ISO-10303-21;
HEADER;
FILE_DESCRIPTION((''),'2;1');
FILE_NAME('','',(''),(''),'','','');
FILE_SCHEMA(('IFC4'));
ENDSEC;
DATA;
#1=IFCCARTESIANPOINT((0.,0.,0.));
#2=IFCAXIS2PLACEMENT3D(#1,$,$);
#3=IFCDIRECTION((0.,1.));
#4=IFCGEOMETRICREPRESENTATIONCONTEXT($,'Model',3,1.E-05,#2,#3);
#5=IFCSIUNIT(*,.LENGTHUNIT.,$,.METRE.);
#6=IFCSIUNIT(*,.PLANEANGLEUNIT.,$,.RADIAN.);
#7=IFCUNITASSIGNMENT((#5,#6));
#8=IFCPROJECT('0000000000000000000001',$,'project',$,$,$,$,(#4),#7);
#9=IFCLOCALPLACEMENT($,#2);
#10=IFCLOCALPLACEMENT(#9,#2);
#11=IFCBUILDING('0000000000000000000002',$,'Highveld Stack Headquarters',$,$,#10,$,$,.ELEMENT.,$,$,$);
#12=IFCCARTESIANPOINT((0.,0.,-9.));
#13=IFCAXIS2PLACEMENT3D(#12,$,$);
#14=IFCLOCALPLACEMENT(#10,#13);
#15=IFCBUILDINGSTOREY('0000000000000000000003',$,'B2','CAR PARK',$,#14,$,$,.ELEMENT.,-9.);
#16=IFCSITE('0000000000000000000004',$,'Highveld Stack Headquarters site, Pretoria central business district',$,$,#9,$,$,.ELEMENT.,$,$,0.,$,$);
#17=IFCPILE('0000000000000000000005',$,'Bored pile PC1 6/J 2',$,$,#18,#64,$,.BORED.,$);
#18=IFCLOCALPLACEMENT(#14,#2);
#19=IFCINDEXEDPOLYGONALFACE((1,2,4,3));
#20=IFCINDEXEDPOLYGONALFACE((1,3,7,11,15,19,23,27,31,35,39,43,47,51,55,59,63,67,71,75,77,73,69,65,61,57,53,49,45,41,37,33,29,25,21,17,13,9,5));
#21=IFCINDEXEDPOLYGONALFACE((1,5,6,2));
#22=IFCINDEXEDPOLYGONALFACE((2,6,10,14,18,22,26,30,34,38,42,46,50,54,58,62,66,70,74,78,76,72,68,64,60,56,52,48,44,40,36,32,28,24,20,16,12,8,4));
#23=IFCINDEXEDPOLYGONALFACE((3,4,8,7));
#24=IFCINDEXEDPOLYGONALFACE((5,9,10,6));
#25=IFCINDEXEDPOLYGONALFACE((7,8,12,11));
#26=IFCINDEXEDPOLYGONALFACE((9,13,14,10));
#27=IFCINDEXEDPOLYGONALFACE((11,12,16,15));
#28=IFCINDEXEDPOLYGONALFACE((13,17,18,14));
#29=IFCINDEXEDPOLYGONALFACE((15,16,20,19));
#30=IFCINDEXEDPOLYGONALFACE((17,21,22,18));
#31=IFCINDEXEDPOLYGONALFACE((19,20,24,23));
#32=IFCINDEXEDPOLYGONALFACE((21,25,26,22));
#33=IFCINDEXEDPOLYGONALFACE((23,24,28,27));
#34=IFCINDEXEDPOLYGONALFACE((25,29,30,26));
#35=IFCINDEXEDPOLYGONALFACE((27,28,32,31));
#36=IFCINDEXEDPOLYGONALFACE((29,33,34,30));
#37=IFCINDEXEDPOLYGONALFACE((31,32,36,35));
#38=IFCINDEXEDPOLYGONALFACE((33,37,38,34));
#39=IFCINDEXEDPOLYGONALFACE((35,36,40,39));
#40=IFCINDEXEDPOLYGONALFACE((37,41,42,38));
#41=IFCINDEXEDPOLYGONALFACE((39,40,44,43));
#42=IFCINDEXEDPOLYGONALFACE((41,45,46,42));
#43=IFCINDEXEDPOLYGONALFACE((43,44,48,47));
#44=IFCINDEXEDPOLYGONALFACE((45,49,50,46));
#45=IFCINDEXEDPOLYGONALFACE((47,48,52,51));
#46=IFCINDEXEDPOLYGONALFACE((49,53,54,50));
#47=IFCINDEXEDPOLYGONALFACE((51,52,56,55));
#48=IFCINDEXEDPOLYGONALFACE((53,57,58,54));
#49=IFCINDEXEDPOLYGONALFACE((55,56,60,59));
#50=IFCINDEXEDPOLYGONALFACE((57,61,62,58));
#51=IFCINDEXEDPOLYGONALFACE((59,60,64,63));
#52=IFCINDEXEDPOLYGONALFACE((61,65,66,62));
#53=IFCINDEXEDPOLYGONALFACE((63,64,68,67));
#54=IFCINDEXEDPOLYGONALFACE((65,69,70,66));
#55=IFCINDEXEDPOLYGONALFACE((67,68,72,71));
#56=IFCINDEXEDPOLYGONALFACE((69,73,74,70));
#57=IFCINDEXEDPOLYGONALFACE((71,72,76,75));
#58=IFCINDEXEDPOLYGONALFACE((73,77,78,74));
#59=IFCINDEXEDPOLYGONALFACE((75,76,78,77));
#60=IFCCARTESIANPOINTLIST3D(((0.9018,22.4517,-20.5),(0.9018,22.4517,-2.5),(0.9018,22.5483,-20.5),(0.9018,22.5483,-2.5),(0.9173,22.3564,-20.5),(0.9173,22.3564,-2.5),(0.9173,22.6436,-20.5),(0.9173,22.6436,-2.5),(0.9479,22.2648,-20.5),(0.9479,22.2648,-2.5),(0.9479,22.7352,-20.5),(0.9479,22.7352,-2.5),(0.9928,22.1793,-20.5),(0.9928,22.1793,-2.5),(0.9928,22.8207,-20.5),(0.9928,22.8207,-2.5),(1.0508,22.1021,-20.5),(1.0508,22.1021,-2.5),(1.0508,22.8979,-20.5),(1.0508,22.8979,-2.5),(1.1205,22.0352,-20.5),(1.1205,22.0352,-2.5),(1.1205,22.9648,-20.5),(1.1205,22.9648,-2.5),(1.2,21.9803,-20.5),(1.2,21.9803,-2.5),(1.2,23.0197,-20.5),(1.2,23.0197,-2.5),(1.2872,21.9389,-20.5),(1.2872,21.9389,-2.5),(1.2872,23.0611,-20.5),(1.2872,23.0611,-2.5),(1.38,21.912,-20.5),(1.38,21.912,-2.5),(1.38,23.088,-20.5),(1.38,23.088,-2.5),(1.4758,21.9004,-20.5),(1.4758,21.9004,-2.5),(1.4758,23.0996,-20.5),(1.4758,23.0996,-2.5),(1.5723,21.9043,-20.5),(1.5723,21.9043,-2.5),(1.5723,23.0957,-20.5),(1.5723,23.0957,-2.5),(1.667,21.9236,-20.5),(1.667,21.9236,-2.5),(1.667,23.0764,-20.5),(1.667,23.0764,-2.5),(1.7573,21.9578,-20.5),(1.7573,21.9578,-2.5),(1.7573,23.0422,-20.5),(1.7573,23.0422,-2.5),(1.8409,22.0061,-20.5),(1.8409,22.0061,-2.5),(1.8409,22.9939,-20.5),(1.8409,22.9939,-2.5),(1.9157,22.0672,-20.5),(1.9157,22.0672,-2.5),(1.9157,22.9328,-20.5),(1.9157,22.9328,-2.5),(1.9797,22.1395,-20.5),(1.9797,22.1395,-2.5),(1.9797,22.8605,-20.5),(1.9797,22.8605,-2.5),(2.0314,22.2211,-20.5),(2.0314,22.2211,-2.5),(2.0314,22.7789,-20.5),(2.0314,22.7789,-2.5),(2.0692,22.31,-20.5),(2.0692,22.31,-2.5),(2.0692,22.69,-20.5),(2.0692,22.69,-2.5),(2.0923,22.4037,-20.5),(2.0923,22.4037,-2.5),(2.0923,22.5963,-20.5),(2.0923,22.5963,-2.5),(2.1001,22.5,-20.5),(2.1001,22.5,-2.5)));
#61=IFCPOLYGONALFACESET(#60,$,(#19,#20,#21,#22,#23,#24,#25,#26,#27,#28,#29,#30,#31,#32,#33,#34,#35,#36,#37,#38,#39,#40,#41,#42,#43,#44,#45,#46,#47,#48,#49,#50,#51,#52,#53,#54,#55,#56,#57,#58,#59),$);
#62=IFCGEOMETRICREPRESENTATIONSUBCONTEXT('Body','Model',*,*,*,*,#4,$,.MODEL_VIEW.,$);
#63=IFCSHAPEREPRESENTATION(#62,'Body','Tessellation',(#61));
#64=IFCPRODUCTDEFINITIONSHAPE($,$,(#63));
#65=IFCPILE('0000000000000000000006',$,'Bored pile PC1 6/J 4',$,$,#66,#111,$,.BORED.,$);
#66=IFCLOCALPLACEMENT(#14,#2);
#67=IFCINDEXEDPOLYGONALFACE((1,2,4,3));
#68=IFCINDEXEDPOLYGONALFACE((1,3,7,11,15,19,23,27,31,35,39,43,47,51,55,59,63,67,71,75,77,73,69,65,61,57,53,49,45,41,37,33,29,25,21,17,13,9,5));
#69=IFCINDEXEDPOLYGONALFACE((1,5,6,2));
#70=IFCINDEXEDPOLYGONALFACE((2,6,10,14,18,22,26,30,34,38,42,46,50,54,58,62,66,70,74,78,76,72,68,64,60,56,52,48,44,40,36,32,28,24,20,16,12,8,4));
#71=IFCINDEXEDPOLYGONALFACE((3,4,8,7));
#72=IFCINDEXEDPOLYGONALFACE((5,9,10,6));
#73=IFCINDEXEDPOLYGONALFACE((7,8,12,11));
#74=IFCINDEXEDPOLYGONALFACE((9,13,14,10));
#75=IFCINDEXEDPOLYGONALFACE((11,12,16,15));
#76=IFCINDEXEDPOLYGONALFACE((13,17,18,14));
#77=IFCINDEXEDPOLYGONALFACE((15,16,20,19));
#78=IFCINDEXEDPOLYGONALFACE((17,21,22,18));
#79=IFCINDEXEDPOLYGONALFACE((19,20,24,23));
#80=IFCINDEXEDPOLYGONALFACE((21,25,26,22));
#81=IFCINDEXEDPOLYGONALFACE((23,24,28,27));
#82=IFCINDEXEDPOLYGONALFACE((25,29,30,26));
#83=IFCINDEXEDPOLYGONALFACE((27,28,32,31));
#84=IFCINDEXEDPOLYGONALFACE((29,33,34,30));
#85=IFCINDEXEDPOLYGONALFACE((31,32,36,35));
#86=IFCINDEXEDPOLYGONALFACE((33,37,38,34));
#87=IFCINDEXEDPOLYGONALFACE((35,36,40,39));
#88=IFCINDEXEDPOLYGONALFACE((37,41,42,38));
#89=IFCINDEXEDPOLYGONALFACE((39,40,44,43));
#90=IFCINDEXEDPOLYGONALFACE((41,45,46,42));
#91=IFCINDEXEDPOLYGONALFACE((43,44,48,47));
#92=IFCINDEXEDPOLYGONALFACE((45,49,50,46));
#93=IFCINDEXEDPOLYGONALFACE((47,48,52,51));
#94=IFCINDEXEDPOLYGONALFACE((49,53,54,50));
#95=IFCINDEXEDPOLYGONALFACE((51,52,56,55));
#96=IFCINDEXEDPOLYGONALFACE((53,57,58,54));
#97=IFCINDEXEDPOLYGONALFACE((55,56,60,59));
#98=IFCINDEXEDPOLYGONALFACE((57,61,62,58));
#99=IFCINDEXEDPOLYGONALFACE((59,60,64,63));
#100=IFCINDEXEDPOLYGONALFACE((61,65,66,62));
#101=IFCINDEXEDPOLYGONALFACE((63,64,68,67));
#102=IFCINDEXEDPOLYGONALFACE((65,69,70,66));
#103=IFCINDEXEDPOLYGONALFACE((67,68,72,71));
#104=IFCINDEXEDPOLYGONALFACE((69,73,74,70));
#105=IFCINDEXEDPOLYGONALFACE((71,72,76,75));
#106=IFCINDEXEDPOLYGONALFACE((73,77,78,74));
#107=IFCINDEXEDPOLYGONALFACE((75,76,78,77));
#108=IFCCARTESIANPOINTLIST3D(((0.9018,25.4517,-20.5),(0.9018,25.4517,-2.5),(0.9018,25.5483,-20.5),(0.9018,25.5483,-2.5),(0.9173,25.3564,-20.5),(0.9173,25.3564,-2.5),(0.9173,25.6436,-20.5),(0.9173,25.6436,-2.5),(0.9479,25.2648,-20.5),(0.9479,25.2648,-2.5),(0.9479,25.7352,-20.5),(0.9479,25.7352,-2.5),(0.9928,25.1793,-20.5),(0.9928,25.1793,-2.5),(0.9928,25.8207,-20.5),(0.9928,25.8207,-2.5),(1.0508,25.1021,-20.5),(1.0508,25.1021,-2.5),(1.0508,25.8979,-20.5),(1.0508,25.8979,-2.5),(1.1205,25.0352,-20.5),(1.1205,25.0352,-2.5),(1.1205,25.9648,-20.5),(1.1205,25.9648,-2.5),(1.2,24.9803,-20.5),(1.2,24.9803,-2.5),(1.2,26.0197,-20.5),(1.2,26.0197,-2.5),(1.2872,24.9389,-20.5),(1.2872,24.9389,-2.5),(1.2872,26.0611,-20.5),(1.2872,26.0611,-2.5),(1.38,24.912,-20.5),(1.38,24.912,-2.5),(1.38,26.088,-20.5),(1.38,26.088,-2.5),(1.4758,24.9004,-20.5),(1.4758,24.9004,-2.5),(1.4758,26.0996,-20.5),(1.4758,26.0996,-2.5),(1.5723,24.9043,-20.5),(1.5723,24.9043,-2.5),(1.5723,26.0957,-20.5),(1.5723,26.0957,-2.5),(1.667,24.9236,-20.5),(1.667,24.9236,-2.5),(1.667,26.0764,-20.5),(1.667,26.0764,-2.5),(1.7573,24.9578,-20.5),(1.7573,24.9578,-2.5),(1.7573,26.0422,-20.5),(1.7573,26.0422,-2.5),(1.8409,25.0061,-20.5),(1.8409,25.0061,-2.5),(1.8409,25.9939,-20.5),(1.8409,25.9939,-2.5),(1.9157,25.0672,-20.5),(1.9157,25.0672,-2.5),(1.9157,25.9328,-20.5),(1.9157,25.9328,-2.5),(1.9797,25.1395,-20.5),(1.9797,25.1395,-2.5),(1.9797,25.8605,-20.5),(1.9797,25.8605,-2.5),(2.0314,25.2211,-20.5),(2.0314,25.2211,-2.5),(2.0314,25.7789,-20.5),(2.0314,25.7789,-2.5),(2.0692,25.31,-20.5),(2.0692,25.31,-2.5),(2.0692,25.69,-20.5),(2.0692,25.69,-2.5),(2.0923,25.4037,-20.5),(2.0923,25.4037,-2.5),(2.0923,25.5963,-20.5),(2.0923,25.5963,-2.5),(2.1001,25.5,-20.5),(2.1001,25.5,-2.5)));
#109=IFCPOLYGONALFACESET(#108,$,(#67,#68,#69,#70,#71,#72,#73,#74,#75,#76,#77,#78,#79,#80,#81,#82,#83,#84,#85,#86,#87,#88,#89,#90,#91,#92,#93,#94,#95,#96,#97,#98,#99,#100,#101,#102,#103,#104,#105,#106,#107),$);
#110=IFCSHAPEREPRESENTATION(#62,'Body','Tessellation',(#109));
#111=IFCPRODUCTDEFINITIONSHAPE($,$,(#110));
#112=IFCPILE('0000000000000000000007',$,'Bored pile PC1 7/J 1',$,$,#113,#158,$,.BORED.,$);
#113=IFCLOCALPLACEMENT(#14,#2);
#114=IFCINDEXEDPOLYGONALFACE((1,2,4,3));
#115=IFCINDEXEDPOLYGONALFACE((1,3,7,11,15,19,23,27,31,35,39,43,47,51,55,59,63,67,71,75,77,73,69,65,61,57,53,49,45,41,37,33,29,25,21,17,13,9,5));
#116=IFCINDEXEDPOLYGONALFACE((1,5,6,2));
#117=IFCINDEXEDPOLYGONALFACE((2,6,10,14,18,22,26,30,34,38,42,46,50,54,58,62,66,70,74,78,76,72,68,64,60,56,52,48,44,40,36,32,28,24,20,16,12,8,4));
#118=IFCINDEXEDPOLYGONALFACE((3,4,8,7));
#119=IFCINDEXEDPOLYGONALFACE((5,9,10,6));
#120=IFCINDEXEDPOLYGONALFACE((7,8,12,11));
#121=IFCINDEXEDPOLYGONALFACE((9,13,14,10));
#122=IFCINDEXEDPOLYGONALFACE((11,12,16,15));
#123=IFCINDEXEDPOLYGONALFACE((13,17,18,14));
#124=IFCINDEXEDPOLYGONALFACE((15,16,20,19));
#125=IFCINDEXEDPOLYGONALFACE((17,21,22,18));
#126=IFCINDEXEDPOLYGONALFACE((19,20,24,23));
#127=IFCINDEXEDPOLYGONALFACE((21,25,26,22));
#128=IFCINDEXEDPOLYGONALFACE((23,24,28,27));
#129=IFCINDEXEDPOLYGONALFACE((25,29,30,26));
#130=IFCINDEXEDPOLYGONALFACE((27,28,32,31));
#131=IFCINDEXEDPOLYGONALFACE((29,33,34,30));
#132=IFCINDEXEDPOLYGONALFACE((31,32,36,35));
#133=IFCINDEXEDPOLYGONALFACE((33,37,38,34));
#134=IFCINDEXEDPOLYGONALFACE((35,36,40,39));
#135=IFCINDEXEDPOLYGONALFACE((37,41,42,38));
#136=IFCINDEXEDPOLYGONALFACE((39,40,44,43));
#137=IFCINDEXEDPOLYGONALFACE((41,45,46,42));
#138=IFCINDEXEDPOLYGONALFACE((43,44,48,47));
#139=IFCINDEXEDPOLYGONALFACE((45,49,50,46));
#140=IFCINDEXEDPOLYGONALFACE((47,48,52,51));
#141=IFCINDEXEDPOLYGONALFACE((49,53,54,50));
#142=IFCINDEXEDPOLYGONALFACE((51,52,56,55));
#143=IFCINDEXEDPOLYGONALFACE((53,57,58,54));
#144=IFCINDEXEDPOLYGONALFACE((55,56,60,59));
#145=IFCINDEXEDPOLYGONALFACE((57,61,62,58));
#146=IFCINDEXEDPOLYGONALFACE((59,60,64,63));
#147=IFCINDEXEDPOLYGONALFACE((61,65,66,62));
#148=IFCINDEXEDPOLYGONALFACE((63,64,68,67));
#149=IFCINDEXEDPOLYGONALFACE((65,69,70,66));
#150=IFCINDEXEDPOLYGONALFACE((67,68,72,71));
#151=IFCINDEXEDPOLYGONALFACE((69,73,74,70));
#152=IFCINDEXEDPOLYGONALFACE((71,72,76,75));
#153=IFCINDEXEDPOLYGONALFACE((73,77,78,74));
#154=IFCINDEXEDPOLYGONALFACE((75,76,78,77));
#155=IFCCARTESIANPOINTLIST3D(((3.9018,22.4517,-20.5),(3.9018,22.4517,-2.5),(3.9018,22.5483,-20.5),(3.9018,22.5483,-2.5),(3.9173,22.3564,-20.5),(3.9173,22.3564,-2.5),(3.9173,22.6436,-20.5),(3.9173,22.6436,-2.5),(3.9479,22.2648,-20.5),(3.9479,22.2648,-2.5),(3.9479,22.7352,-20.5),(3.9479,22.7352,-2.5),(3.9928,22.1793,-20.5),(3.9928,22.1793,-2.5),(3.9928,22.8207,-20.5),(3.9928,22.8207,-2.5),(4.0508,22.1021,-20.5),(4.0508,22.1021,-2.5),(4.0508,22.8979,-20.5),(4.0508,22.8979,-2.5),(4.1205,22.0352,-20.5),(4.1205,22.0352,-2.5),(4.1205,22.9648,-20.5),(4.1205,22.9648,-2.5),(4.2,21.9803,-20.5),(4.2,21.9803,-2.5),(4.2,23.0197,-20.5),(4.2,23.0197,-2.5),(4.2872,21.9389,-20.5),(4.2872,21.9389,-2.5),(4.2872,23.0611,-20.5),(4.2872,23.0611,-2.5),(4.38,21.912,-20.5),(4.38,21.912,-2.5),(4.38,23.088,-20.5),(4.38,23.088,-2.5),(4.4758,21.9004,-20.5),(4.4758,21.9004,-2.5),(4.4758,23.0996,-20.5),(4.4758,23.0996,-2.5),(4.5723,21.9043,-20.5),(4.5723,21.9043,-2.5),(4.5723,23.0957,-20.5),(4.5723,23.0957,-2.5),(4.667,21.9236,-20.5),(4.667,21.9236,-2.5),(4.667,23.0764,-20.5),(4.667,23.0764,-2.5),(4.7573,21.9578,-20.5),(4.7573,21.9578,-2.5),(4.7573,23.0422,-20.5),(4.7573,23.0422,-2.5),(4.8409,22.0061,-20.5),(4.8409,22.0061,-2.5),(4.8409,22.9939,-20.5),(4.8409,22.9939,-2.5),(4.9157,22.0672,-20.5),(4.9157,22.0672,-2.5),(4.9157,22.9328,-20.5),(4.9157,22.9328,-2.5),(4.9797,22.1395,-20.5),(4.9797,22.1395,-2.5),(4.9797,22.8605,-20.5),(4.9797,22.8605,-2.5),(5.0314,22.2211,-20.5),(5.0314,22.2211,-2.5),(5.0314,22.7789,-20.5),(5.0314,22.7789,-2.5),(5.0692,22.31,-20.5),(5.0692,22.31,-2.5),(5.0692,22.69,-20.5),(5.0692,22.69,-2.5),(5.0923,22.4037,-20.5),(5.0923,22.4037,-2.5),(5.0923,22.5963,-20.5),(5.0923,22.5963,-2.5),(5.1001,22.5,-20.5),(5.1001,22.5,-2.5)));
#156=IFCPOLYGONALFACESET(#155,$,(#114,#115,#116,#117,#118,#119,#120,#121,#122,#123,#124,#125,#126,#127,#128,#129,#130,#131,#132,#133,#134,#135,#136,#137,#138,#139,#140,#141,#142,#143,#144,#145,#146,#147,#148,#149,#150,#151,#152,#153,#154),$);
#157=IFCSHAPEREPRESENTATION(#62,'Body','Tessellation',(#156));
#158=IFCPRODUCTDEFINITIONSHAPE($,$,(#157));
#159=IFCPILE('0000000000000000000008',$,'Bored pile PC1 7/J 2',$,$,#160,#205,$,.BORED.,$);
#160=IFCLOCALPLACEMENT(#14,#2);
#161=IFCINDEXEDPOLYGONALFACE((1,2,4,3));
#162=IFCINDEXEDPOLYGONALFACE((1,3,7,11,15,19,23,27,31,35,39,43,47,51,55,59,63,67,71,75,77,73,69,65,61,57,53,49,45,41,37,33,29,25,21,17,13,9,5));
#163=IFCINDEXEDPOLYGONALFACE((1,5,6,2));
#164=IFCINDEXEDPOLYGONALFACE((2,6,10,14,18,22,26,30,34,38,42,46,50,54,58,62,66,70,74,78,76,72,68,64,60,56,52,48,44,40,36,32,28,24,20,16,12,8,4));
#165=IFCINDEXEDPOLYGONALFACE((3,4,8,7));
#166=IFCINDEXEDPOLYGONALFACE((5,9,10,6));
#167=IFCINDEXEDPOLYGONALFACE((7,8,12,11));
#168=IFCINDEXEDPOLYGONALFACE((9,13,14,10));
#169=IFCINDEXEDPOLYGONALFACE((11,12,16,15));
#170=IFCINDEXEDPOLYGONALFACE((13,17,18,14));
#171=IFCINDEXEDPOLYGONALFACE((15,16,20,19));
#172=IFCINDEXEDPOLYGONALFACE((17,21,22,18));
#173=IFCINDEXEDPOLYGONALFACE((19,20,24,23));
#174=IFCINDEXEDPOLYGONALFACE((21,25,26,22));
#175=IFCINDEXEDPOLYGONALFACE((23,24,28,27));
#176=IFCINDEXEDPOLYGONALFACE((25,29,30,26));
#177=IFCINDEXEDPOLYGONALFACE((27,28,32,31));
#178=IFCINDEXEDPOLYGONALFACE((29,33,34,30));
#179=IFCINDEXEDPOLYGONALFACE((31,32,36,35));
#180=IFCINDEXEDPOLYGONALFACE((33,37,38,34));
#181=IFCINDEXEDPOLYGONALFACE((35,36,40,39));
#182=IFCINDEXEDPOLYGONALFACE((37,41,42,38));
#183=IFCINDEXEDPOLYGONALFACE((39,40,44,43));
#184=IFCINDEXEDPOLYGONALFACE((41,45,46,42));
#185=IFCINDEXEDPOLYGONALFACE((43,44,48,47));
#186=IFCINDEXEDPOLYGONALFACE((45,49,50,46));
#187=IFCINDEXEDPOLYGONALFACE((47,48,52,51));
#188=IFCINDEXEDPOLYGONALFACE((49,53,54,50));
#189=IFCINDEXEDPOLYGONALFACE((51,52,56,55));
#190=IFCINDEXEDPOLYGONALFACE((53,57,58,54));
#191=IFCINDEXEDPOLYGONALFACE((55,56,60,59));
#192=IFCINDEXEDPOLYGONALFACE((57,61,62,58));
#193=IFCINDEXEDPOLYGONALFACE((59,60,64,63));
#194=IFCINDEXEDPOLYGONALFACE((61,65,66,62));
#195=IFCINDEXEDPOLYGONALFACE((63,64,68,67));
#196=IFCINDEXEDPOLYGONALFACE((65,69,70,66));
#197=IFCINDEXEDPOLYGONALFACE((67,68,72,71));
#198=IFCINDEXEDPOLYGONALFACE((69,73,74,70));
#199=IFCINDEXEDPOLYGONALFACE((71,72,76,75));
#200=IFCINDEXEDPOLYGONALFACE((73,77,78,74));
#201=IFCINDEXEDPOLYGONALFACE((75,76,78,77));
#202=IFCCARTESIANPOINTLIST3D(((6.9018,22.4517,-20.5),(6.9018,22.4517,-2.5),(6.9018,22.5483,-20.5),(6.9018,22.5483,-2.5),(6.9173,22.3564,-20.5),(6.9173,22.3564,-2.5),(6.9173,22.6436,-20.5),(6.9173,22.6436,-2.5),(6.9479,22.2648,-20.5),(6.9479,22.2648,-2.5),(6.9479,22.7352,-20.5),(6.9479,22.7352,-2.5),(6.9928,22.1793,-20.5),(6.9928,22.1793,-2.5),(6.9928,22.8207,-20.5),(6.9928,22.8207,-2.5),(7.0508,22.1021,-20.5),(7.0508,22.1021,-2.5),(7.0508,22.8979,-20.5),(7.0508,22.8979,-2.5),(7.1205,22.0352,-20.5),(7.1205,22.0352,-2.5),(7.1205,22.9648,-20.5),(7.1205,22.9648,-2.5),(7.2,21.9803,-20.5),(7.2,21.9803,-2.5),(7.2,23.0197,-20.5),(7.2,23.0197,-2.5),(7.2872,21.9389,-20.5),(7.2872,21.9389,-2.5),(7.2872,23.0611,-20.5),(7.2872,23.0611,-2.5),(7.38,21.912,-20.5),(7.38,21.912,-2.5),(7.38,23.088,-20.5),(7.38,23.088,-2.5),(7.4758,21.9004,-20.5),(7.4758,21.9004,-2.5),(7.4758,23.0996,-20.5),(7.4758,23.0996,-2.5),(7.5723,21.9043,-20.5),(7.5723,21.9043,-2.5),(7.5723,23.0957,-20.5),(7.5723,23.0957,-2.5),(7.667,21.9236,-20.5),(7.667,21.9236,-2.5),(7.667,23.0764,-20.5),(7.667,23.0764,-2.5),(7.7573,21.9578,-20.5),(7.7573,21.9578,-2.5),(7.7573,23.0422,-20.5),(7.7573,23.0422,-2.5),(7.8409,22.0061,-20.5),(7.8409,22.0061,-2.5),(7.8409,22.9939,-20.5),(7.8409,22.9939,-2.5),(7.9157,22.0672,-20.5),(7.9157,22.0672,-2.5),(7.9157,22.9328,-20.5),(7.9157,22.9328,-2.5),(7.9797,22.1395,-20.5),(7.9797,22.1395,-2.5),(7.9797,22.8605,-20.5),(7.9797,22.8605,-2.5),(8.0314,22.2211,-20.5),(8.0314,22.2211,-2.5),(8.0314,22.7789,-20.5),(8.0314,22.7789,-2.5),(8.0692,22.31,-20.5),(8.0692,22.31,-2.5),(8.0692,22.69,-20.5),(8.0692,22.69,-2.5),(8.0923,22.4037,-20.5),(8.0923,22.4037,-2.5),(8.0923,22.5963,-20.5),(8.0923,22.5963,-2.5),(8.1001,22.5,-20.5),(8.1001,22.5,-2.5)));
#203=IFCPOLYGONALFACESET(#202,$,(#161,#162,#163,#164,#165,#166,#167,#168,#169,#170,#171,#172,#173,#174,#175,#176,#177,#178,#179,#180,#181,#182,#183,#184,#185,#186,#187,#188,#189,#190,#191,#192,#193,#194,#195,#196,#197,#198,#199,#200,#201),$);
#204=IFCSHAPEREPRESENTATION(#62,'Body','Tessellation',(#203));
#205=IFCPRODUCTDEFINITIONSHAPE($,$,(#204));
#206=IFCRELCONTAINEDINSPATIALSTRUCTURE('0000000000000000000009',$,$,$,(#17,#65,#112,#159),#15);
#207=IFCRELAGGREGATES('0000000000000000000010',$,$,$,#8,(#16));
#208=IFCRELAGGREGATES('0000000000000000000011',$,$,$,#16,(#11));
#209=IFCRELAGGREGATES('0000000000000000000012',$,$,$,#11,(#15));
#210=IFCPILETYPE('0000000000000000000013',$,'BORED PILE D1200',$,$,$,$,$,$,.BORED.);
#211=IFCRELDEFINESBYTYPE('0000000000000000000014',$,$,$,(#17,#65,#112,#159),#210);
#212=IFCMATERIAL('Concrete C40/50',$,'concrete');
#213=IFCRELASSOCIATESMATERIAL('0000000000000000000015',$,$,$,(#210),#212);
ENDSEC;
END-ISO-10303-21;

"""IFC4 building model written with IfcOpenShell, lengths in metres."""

from ifc_helpers import new_model, si_unit, direction, frame, origin, origin_2d, place, context, subcontext, project, spatial, circle, extrude, material, type_object, element, save


model = new_model("IFC4")

# Units and contexts
model_context = context("Model", 3, precision=1e-05, world=origin(), true_north=direction((0.0, 1.0)))
body_context = subcontext(model_context, "Body", "Model", "MODEL_VIEW")
ifc_project = project(units=[si_unit("LENGTHUNIT", "METRE"), si_unit("PLANEANGLEUNIT", "RADIAN")], contexts=[model_context])

# Site, building, storey
site_placement = place(None, origin())
site = spatial("IfcSite", under=ifc_project, at=site_placement, Name="Highveld Stack Headquarters site, Pretoria central business district", CompositionType="ELEMENT", RefElevation=0.0)
building_placement = place(site_placement, origin())
building = spatial("IfcBuilding", under=site, at=building_placement, Name="Highveld Stack Headquarters", CompositionType="ELEMENT")
storey_placement = place(building_placement, frame((0.0, 0.0, -9.0)))
storey = spatial("IfcBuildingStorey", under=building, at=storey_placement, Name="B2", Description="CAR PARK", CompositionType="ELEMENT", Elevation=-9.0)

# Piles
ifc_material_1 = material(Name="Concrete C40/50", Category="concrete")
pile_type_1 = type_object("IfcPileType", Name="BORED PILE D1200", PredefinedType="BORED", material=ifc_material_1)
for number, where, z_axis, x_axis, name in (
    (1, (1.5, 22.5, -2.5), (0.0, 0.0, -1.0), (1.0, 0.0, 0.0), "Bored pile PC1 6/J 2"),
    (2, (1.5, 25.5, -2.5), (0.0, 0.0, -1.0), (1.0, 0.0, 0.0), "Bored pile PC1 6/J 4"),
    (3, (4.5, 22.5, -2.5), (0.0, 0.0, -1.0), (1.0, 0.0, 0.0), "Bored pile PC1 7/J 1"),
    (4, (7.5, 22.5, -2.5), (0.0, 0.0, -1.0), (1.0, 0.0, 0.0), "Bored pile PC1 7/J 2"),
):
    element("IfcPile", number, at=place(storey_placement, frame(where, z_axis=z_axis, x_axis=x_axis)), inside=storey, type_object=pile_type_1, Name=name, PredefinedType="BORED", context=body_context, shape_type="SweptSolid", body=[
        extrude(circle(Radius=0.6001, at=origin_2d()), origin(), (0.0, 0.0, 1.0), 18.0),
    ])

save(model, "model.ifc")
